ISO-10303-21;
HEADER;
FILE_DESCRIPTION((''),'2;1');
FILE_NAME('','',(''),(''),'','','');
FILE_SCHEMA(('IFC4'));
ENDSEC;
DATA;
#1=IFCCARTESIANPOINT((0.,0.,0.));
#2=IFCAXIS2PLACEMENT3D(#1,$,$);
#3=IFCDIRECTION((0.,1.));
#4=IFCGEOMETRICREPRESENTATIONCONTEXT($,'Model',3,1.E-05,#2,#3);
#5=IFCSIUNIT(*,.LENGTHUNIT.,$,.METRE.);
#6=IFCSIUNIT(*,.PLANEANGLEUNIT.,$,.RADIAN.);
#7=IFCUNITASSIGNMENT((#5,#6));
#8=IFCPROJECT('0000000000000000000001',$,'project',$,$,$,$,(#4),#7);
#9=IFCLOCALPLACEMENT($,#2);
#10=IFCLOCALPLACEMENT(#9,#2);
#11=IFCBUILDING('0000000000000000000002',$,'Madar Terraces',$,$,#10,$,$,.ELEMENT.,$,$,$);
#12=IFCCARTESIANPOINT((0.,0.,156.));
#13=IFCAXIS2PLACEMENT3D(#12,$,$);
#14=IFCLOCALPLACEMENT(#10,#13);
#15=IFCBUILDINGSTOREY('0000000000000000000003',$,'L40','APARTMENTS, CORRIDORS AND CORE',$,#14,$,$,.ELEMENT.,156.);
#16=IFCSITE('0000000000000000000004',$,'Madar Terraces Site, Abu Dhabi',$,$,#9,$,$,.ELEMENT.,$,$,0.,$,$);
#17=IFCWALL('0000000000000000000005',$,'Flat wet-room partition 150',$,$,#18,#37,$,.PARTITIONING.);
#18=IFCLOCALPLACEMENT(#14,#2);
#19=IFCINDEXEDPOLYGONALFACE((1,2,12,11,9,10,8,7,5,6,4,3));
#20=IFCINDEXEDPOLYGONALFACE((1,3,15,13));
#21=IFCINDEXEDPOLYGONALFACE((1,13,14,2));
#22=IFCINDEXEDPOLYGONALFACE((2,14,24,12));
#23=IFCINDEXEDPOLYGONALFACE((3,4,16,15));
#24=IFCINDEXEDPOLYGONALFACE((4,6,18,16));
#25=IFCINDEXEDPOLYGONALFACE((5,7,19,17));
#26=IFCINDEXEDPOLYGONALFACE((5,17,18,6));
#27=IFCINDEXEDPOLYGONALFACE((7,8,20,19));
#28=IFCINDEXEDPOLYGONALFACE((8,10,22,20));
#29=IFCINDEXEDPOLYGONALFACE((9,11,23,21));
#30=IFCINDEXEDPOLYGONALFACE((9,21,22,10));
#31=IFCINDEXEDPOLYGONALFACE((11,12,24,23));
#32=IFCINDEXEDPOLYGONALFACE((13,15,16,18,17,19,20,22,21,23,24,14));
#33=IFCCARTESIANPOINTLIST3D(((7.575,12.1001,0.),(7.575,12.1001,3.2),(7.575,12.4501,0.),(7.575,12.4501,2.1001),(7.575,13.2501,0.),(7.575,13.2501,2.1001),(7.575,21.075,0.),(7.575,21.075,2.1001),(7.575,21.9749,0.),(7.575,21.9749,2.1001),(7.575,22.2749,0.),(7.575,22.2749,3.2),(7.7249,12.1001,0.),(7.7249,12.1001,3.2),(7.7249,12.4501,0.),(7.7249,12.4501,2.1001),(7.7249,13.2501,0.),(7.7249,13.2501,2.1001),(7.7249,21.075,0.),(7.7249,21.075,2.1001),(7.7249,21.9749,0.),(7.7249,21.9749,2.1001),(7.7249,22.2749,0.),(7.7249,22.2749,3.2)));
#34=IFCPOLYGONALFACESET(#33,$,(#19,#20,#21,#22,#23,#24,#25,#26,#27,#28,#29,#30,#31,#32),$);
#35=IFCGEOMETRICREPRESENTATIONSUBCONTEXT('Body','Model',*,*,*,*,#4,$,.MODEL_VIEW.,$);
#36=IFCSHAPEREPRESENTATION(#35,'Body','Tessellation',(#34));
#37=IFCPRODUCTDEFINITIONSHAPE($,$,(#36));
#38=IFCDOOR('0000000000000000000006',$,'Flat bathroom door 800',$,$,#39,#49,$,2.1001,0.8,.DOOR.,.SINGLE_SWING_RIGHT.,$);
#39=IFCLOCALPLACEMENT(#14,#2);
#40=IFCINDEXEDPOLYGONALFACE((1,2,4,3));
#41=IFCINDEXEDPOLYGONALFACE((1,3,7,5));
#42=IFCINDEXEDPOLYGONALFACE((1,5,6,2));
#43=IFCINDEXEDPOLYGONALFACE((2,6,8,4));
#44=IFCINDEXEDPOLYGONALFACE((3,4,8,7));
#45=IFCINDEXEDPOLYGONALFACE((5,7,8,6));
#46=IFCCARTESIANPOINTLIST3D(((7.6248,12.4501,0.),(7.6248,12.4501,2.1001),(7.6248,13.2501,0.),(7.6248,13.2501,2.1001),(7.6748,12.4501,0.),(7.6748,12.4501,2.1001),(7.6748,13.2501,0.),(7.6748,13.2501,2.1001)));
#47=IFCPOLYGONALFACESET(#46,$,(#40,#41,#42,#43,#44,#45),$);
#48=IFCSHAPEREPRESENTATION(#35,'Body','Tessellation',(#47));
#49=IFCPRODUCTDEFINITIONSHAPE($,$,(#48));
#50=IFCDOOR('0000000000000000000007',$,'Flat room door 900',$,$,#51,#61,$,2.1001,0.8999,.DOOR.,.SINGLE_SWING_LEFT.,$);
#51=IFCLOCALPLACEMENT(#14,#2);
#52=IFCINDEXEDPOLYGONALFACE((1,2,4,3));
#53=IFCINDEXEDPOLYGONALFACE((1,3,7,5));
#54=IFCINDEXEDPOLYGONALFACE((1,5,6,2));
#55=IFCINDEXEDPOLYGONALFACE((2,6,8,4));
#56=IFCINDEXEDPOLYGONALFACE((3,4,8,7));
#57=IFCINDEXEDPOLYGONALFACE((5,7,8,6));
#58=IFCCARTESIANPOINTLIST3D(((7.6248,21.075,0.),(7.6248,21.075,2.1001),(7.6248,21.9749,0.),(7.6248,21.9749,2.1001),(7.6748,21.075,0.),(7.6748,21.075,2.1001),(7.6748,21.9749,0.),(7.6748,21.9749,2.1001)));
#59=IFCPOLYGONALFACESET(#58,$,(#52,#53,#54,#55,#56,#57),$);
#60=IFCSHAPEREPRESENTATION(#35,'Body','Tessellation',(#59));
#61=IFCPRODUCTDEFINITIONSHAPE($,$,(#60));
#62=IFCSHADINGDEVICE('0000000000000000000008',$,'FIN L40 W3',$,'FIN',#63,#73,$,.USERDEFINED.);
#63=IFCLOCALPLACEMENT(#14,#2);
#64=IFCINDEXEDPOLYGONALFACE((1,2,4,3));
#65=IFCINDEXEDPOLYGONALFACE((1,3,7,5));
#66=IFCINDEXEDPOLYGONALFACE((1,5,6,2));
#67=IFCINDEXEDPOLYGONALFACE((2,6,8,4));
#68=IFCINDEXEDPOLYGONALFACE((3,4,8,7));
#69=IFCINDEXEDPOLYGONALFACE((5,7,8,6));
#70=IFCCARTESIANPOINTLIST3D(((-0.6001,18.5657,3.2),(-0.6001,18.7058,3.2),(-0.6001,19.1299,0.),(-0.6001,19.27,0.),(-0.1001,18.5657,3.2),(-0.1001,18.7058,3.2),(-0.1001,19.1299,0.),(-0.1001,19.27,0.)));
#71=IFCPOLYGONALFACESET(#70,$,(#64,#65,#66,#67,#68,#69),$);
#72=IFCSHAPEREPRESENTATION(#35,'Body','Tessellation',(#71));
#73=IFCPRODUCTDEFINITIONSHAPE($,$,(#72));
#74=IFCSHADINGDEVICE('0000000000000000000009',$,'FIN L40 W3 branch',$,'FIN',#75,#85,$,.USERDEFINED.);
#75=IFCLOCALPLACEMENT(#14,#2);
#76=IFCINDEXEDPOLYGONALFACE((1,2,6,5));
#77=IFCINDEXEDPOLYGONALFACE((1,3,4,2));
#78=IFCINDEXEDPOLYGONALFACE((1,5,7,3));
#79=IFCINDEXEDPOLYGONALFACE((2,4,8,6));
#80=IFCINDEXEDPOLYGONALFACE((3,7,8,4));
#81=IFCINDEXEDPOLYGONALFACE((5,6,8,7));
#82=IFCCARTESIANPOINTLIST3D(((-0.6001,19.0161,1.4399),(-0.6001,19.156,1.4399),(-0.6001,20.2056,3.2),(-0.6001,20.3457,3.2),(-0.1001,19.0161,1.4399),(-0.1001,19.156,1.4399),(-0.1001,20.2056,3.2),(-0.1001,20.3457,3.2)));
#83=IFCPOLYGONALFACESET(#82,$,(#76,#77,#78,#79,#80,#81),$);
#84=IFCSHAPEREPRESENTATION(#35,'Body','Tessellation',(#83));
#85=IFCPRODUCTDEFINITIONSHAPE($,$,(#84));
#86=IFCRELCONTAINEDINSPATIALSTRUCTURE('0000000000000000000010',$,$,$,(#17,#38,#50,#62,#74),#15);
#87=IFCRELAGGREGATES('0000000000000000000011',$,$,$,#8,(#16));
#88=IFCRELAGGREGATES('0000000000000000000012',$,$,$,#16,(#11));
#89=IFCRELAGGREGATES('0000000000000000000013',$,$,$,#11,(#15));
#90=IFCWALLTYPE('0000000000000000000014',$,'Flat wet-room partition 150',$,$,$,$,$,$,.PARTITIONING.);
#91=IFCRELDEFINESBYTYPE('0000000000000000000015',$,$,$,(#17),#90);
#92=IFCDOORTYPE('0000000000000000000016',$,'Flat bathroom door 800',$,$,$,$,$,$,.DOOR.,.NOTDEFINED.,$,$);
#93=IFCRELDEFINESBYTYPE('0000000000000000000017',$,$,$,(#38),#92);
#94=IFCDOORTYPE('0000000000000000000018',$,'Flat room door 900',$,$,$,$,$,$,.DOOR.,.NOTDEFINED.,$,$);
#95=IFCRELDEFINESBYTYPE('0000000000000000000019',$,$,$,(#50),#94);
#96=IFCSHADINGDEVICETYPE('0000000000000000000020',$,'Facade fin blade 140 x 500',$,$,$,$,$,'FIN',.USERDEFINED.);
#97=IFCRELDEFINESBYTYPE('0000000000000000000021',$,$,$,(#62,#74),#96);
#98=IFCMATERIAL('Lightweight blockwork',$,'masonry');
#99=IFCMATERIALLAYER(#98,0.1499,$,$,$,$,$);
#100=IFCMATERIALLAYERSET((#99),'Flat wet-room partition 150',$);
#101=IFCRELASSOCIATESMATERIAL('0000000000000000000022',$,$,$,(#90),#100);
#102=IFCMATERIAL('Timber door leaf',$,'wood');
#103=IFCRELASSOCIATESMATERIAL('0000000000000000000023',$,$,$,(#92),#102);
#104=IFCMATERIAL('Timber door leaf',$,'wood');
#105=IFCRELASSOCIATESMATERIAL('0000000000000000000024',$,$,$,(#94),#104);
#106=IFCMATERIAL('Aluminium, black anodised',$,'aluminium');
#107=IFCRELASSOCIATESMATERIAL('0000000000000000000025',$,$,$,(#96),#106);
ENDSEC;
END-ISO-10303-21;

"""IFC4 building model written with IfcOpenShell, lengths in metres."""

from ifc_helpers import new_model, si_unit, direction, frame, frame_2d, origin, place, context, subcontext, project, spatial, polyline, rectangle, outline, extrude, material, layer, layer_set, type_object, element, fill, save


model = new_model("IFC4")

# Units and contexts
model_context = context("Model", 3, precision=1e-05, world=origin(), true_north=direction((0.0, 1.0)))
body_context = subcontext(model_context, "Body", "Model", "MODEL_VIEW")
ifc_project = project(units=[si_unit("LENGTHUNIT", "METRE"), si_unit("PLANEANGLEUNIT", "RADIAN")], contexts=[model_context])

# Site, building, storey
site_placement = place(None, origin())
site = spatial("IfcSite", under=ifc_project, at=site_placement, Name="Madar Terraces Site, Abu Dhabi", CompositionType="ELEMENT", RefElevation=0.0)
building_placement = place(site_placement, origin())
building = spatial("IfcBuilding", under=site, at=building_placement, Name="Madar Terraces", CompositionType="ELEMENT")
storey_placement = place(building_placement, frame((0.0, 0.0, 156.0)))
storey = spatial("IfcBuildingStorey", under=building, at=storey_placement, Name="L40", Description="APARTMENTS, CORRIDORS AND CORE", CompositionType="ELEMENT", Elevation=156.0)

# Shared definitions
ifc_material_1 = material(Name="Lightweight blockwork", Category="masonry")
ifc_layer_1 = layer(ifc_material_1, 0.1499)
ifc_layer_set_1 = layer_set([ifc_layer_1], Name="Flat wet-room partition 150")
wall_type_1 = type_object("IfcWallType", Name="Flat wet-room partition 150", PredefinedType="PARTITIONING", material=ifc_layer_set_1)

# Wall, openings, doors
wall_1_placement = place(storey_placement, frame((7.6499, 22.2749, 0.0), z_axis=(0.0, 0.0, 1.0), x_axis=(0.0, -1.0, 0.0)))
wall_1 = element("IfcWall", 1, at=wall_1_placement, inside=storey, type_object=wall_type_1, Name="Flat wet-room partition 150", PredefinedType="PARTITIONING", context=body_context, shape_type="SweptSolid", body=[
    extrude(rectangle(XDim=10.1748, YDim=0.1499, at=frame_2d((5.0874, 0.0))), origin(), (0.0, 0.0, 1.0), 3.2),
])
opening_1_placement = place(wall_1_placement, frame((0.3, 0.0, 0.0)))
opening_1 = element("IfcOpeningElement", 2, at=opening_1_placement, cuts=wall_1, PredefinedType="OPENING", context=body_context, shape_type="SweptSolid", body=[
    extrude(rectangle(XDim=0.8999, YDim=2.1001, at=frame_2d((0.45, 1.05))), frame((0.0, 0.085, 0.0), z_axis=(0.0, -1.0, 0.0), x_axis=(1.0, 0.0, 0.0)), (0.0, 0.0, 1.0), 0.1699),
])
opening_2_placement = place(wall_1_placement, frame((9.0249, 0.0, 0.0)))
opening_2 = element("IfcOpeningElement", 3, at=opening_2_placement, cuts=wall_1, PredefinedType="OPENING", context=body_context, shape_type="SweptSolid", body=[
    extrude(rectangle(XDim=0.8, YDim=2.1001, at=frame_2d((0.3999, 1.05))), frame((0.0, 0.085, 0.0), z_axis=(0.0, -1.0, 0.0), x_axis=(1.0, 0.0, 0.0)), (0.0, 0.0, 1.0), 0.1699),
])
ifc_material_2 = material(Name="Timber door leaf", Category="wood")
door_type_1 = type_object("IfcDoorType", Name="Flat bathroom door 800", OperationType="NOTDEFINED", PredefinedType="DOOR", material=ifc_material_2)
door_1_placement = place(opening_2_placement, origin())
door_1 = element("IfcDoor", 4, at=door_1_placement, inside=storey, type_object=door_type_1, Name="Flat bathroom door 800", OperationType="SINGLE_SWING_RIGHT", OverallHeight=2.1001, OverallWidth=0.8, PredefinedType="DOOR", context=body_context, shape_type="SweptSolid", body=[
    extrude(rectangle(XDim=0.8, YDim=2.1001, at=frame_2d((0.3999, 1.05))), frame((0.0, 0.0249, 0.0), z_axis=(0.0, -1.0, 0.0), x_axis=(1.0, 0.0, 0.0)), (0.0, 0.0, 1.0), 0.05),
])
fill(opening_2, door_1)
ifc_material_3 = material(Name="Timber door leaf", Category="wood")
door_type_2 = type_object("IfcDoorType", Name="Flat room door 900", OperationType="NOTDEFINED", PredefinedType="DOOR", material=ifc_material_3)
door_2_placement = place(opening_1_placement, origin())
door_2 = element("IfcDoor", 5, at=door_2_placement, inside=storey, type_object=door_type_2, Name="Flat room door 900", OperationType="SINGLE_SWING_LEFT", OverallHeight=2.1001, OverallWidth=0.8999, PredefinedType="DOOR", context=body_context, shape_type="SweptSolid", body=[
    extrude(rectangle(XDim=0.8999, YDim=2.1001, at=frame_2d((0.45, 1.05))), frame((0.0, 0.0249, 0.0), z_axis=(0.0, -1.0, 0.0), x_axis=(1.0, 0.0, 0.0)), (0.0, 0.0, 1.0), 0.05),
])
fill(opening_1, door_2)

# Shading devices
ifc_material_4 = material(Name="Aluminium, black anodised", Category="aluminium")
shading_device_type = type_object("IfcShadingDeviceType", Name="Facade fin blade 140 x 500", ElementType="FIN", PredefinedType="USERDEFINED", material=ifc_material_4)
shading_device_1_placement = place(storey_placement, frame((-0.3501, 19.27, 0.0), z_axis=(0.0, 0.0, 1.0), x_axis=(0.0, -1.0, 0.0)))
element("IfcShadingDevice", 6, at=shading_device_1_placement, inside=storey, type_object=shading_device_type, Name="FIN L40 W3", ObjectType="FIN", PredefinedType="USERDEFINED", context=body_context, shape_type="SweptSolid", body=[
    extrude(outline(polyline([(0.0, 0.0), (0.1401, 0.0), (0.7043, 3.2), (0.5642, 3.2), (0.0, 0.0)])), frame((0.0, 0.25, 0.0), z_axis=(0.0, -1.0, 0.0), x_axis=(1.0, 0.0, 0.0)), (0.0, 0.0, 1.0), 0.5),
])
shading_device_2_placement = place(storey_placement, frame((-0.3501, 19.156, 1.4399), z_axis=(0.0, 0.0, 1.0), x_axis=(0.0, -1.0, 0.0)))
element("IfcShadingDevice", 7, at=shading_device_2_placement, inside=storey, type_object=shading_device_type, Name="FIN L40 W3 branch", ObjectType="FIN", PredefinedType="USERDEFINED", context=body_context, shape_type="SweptSolid", body=[
    extrude(outline(polyline([(0.0, 0.0), (0.1399, 0.0), (-1.0496, 1.76), (-1.1897, 1.76), (0.0, 0.0)])), frame((0.0, 0.25, 0.0), z_axis=(0.0, -1.0, 0.0), x_axis=(1.0, 0.0, 0.0)), (0.0, 0.0, 1.0), 0.5),
])

save(model, "model.ifc")
